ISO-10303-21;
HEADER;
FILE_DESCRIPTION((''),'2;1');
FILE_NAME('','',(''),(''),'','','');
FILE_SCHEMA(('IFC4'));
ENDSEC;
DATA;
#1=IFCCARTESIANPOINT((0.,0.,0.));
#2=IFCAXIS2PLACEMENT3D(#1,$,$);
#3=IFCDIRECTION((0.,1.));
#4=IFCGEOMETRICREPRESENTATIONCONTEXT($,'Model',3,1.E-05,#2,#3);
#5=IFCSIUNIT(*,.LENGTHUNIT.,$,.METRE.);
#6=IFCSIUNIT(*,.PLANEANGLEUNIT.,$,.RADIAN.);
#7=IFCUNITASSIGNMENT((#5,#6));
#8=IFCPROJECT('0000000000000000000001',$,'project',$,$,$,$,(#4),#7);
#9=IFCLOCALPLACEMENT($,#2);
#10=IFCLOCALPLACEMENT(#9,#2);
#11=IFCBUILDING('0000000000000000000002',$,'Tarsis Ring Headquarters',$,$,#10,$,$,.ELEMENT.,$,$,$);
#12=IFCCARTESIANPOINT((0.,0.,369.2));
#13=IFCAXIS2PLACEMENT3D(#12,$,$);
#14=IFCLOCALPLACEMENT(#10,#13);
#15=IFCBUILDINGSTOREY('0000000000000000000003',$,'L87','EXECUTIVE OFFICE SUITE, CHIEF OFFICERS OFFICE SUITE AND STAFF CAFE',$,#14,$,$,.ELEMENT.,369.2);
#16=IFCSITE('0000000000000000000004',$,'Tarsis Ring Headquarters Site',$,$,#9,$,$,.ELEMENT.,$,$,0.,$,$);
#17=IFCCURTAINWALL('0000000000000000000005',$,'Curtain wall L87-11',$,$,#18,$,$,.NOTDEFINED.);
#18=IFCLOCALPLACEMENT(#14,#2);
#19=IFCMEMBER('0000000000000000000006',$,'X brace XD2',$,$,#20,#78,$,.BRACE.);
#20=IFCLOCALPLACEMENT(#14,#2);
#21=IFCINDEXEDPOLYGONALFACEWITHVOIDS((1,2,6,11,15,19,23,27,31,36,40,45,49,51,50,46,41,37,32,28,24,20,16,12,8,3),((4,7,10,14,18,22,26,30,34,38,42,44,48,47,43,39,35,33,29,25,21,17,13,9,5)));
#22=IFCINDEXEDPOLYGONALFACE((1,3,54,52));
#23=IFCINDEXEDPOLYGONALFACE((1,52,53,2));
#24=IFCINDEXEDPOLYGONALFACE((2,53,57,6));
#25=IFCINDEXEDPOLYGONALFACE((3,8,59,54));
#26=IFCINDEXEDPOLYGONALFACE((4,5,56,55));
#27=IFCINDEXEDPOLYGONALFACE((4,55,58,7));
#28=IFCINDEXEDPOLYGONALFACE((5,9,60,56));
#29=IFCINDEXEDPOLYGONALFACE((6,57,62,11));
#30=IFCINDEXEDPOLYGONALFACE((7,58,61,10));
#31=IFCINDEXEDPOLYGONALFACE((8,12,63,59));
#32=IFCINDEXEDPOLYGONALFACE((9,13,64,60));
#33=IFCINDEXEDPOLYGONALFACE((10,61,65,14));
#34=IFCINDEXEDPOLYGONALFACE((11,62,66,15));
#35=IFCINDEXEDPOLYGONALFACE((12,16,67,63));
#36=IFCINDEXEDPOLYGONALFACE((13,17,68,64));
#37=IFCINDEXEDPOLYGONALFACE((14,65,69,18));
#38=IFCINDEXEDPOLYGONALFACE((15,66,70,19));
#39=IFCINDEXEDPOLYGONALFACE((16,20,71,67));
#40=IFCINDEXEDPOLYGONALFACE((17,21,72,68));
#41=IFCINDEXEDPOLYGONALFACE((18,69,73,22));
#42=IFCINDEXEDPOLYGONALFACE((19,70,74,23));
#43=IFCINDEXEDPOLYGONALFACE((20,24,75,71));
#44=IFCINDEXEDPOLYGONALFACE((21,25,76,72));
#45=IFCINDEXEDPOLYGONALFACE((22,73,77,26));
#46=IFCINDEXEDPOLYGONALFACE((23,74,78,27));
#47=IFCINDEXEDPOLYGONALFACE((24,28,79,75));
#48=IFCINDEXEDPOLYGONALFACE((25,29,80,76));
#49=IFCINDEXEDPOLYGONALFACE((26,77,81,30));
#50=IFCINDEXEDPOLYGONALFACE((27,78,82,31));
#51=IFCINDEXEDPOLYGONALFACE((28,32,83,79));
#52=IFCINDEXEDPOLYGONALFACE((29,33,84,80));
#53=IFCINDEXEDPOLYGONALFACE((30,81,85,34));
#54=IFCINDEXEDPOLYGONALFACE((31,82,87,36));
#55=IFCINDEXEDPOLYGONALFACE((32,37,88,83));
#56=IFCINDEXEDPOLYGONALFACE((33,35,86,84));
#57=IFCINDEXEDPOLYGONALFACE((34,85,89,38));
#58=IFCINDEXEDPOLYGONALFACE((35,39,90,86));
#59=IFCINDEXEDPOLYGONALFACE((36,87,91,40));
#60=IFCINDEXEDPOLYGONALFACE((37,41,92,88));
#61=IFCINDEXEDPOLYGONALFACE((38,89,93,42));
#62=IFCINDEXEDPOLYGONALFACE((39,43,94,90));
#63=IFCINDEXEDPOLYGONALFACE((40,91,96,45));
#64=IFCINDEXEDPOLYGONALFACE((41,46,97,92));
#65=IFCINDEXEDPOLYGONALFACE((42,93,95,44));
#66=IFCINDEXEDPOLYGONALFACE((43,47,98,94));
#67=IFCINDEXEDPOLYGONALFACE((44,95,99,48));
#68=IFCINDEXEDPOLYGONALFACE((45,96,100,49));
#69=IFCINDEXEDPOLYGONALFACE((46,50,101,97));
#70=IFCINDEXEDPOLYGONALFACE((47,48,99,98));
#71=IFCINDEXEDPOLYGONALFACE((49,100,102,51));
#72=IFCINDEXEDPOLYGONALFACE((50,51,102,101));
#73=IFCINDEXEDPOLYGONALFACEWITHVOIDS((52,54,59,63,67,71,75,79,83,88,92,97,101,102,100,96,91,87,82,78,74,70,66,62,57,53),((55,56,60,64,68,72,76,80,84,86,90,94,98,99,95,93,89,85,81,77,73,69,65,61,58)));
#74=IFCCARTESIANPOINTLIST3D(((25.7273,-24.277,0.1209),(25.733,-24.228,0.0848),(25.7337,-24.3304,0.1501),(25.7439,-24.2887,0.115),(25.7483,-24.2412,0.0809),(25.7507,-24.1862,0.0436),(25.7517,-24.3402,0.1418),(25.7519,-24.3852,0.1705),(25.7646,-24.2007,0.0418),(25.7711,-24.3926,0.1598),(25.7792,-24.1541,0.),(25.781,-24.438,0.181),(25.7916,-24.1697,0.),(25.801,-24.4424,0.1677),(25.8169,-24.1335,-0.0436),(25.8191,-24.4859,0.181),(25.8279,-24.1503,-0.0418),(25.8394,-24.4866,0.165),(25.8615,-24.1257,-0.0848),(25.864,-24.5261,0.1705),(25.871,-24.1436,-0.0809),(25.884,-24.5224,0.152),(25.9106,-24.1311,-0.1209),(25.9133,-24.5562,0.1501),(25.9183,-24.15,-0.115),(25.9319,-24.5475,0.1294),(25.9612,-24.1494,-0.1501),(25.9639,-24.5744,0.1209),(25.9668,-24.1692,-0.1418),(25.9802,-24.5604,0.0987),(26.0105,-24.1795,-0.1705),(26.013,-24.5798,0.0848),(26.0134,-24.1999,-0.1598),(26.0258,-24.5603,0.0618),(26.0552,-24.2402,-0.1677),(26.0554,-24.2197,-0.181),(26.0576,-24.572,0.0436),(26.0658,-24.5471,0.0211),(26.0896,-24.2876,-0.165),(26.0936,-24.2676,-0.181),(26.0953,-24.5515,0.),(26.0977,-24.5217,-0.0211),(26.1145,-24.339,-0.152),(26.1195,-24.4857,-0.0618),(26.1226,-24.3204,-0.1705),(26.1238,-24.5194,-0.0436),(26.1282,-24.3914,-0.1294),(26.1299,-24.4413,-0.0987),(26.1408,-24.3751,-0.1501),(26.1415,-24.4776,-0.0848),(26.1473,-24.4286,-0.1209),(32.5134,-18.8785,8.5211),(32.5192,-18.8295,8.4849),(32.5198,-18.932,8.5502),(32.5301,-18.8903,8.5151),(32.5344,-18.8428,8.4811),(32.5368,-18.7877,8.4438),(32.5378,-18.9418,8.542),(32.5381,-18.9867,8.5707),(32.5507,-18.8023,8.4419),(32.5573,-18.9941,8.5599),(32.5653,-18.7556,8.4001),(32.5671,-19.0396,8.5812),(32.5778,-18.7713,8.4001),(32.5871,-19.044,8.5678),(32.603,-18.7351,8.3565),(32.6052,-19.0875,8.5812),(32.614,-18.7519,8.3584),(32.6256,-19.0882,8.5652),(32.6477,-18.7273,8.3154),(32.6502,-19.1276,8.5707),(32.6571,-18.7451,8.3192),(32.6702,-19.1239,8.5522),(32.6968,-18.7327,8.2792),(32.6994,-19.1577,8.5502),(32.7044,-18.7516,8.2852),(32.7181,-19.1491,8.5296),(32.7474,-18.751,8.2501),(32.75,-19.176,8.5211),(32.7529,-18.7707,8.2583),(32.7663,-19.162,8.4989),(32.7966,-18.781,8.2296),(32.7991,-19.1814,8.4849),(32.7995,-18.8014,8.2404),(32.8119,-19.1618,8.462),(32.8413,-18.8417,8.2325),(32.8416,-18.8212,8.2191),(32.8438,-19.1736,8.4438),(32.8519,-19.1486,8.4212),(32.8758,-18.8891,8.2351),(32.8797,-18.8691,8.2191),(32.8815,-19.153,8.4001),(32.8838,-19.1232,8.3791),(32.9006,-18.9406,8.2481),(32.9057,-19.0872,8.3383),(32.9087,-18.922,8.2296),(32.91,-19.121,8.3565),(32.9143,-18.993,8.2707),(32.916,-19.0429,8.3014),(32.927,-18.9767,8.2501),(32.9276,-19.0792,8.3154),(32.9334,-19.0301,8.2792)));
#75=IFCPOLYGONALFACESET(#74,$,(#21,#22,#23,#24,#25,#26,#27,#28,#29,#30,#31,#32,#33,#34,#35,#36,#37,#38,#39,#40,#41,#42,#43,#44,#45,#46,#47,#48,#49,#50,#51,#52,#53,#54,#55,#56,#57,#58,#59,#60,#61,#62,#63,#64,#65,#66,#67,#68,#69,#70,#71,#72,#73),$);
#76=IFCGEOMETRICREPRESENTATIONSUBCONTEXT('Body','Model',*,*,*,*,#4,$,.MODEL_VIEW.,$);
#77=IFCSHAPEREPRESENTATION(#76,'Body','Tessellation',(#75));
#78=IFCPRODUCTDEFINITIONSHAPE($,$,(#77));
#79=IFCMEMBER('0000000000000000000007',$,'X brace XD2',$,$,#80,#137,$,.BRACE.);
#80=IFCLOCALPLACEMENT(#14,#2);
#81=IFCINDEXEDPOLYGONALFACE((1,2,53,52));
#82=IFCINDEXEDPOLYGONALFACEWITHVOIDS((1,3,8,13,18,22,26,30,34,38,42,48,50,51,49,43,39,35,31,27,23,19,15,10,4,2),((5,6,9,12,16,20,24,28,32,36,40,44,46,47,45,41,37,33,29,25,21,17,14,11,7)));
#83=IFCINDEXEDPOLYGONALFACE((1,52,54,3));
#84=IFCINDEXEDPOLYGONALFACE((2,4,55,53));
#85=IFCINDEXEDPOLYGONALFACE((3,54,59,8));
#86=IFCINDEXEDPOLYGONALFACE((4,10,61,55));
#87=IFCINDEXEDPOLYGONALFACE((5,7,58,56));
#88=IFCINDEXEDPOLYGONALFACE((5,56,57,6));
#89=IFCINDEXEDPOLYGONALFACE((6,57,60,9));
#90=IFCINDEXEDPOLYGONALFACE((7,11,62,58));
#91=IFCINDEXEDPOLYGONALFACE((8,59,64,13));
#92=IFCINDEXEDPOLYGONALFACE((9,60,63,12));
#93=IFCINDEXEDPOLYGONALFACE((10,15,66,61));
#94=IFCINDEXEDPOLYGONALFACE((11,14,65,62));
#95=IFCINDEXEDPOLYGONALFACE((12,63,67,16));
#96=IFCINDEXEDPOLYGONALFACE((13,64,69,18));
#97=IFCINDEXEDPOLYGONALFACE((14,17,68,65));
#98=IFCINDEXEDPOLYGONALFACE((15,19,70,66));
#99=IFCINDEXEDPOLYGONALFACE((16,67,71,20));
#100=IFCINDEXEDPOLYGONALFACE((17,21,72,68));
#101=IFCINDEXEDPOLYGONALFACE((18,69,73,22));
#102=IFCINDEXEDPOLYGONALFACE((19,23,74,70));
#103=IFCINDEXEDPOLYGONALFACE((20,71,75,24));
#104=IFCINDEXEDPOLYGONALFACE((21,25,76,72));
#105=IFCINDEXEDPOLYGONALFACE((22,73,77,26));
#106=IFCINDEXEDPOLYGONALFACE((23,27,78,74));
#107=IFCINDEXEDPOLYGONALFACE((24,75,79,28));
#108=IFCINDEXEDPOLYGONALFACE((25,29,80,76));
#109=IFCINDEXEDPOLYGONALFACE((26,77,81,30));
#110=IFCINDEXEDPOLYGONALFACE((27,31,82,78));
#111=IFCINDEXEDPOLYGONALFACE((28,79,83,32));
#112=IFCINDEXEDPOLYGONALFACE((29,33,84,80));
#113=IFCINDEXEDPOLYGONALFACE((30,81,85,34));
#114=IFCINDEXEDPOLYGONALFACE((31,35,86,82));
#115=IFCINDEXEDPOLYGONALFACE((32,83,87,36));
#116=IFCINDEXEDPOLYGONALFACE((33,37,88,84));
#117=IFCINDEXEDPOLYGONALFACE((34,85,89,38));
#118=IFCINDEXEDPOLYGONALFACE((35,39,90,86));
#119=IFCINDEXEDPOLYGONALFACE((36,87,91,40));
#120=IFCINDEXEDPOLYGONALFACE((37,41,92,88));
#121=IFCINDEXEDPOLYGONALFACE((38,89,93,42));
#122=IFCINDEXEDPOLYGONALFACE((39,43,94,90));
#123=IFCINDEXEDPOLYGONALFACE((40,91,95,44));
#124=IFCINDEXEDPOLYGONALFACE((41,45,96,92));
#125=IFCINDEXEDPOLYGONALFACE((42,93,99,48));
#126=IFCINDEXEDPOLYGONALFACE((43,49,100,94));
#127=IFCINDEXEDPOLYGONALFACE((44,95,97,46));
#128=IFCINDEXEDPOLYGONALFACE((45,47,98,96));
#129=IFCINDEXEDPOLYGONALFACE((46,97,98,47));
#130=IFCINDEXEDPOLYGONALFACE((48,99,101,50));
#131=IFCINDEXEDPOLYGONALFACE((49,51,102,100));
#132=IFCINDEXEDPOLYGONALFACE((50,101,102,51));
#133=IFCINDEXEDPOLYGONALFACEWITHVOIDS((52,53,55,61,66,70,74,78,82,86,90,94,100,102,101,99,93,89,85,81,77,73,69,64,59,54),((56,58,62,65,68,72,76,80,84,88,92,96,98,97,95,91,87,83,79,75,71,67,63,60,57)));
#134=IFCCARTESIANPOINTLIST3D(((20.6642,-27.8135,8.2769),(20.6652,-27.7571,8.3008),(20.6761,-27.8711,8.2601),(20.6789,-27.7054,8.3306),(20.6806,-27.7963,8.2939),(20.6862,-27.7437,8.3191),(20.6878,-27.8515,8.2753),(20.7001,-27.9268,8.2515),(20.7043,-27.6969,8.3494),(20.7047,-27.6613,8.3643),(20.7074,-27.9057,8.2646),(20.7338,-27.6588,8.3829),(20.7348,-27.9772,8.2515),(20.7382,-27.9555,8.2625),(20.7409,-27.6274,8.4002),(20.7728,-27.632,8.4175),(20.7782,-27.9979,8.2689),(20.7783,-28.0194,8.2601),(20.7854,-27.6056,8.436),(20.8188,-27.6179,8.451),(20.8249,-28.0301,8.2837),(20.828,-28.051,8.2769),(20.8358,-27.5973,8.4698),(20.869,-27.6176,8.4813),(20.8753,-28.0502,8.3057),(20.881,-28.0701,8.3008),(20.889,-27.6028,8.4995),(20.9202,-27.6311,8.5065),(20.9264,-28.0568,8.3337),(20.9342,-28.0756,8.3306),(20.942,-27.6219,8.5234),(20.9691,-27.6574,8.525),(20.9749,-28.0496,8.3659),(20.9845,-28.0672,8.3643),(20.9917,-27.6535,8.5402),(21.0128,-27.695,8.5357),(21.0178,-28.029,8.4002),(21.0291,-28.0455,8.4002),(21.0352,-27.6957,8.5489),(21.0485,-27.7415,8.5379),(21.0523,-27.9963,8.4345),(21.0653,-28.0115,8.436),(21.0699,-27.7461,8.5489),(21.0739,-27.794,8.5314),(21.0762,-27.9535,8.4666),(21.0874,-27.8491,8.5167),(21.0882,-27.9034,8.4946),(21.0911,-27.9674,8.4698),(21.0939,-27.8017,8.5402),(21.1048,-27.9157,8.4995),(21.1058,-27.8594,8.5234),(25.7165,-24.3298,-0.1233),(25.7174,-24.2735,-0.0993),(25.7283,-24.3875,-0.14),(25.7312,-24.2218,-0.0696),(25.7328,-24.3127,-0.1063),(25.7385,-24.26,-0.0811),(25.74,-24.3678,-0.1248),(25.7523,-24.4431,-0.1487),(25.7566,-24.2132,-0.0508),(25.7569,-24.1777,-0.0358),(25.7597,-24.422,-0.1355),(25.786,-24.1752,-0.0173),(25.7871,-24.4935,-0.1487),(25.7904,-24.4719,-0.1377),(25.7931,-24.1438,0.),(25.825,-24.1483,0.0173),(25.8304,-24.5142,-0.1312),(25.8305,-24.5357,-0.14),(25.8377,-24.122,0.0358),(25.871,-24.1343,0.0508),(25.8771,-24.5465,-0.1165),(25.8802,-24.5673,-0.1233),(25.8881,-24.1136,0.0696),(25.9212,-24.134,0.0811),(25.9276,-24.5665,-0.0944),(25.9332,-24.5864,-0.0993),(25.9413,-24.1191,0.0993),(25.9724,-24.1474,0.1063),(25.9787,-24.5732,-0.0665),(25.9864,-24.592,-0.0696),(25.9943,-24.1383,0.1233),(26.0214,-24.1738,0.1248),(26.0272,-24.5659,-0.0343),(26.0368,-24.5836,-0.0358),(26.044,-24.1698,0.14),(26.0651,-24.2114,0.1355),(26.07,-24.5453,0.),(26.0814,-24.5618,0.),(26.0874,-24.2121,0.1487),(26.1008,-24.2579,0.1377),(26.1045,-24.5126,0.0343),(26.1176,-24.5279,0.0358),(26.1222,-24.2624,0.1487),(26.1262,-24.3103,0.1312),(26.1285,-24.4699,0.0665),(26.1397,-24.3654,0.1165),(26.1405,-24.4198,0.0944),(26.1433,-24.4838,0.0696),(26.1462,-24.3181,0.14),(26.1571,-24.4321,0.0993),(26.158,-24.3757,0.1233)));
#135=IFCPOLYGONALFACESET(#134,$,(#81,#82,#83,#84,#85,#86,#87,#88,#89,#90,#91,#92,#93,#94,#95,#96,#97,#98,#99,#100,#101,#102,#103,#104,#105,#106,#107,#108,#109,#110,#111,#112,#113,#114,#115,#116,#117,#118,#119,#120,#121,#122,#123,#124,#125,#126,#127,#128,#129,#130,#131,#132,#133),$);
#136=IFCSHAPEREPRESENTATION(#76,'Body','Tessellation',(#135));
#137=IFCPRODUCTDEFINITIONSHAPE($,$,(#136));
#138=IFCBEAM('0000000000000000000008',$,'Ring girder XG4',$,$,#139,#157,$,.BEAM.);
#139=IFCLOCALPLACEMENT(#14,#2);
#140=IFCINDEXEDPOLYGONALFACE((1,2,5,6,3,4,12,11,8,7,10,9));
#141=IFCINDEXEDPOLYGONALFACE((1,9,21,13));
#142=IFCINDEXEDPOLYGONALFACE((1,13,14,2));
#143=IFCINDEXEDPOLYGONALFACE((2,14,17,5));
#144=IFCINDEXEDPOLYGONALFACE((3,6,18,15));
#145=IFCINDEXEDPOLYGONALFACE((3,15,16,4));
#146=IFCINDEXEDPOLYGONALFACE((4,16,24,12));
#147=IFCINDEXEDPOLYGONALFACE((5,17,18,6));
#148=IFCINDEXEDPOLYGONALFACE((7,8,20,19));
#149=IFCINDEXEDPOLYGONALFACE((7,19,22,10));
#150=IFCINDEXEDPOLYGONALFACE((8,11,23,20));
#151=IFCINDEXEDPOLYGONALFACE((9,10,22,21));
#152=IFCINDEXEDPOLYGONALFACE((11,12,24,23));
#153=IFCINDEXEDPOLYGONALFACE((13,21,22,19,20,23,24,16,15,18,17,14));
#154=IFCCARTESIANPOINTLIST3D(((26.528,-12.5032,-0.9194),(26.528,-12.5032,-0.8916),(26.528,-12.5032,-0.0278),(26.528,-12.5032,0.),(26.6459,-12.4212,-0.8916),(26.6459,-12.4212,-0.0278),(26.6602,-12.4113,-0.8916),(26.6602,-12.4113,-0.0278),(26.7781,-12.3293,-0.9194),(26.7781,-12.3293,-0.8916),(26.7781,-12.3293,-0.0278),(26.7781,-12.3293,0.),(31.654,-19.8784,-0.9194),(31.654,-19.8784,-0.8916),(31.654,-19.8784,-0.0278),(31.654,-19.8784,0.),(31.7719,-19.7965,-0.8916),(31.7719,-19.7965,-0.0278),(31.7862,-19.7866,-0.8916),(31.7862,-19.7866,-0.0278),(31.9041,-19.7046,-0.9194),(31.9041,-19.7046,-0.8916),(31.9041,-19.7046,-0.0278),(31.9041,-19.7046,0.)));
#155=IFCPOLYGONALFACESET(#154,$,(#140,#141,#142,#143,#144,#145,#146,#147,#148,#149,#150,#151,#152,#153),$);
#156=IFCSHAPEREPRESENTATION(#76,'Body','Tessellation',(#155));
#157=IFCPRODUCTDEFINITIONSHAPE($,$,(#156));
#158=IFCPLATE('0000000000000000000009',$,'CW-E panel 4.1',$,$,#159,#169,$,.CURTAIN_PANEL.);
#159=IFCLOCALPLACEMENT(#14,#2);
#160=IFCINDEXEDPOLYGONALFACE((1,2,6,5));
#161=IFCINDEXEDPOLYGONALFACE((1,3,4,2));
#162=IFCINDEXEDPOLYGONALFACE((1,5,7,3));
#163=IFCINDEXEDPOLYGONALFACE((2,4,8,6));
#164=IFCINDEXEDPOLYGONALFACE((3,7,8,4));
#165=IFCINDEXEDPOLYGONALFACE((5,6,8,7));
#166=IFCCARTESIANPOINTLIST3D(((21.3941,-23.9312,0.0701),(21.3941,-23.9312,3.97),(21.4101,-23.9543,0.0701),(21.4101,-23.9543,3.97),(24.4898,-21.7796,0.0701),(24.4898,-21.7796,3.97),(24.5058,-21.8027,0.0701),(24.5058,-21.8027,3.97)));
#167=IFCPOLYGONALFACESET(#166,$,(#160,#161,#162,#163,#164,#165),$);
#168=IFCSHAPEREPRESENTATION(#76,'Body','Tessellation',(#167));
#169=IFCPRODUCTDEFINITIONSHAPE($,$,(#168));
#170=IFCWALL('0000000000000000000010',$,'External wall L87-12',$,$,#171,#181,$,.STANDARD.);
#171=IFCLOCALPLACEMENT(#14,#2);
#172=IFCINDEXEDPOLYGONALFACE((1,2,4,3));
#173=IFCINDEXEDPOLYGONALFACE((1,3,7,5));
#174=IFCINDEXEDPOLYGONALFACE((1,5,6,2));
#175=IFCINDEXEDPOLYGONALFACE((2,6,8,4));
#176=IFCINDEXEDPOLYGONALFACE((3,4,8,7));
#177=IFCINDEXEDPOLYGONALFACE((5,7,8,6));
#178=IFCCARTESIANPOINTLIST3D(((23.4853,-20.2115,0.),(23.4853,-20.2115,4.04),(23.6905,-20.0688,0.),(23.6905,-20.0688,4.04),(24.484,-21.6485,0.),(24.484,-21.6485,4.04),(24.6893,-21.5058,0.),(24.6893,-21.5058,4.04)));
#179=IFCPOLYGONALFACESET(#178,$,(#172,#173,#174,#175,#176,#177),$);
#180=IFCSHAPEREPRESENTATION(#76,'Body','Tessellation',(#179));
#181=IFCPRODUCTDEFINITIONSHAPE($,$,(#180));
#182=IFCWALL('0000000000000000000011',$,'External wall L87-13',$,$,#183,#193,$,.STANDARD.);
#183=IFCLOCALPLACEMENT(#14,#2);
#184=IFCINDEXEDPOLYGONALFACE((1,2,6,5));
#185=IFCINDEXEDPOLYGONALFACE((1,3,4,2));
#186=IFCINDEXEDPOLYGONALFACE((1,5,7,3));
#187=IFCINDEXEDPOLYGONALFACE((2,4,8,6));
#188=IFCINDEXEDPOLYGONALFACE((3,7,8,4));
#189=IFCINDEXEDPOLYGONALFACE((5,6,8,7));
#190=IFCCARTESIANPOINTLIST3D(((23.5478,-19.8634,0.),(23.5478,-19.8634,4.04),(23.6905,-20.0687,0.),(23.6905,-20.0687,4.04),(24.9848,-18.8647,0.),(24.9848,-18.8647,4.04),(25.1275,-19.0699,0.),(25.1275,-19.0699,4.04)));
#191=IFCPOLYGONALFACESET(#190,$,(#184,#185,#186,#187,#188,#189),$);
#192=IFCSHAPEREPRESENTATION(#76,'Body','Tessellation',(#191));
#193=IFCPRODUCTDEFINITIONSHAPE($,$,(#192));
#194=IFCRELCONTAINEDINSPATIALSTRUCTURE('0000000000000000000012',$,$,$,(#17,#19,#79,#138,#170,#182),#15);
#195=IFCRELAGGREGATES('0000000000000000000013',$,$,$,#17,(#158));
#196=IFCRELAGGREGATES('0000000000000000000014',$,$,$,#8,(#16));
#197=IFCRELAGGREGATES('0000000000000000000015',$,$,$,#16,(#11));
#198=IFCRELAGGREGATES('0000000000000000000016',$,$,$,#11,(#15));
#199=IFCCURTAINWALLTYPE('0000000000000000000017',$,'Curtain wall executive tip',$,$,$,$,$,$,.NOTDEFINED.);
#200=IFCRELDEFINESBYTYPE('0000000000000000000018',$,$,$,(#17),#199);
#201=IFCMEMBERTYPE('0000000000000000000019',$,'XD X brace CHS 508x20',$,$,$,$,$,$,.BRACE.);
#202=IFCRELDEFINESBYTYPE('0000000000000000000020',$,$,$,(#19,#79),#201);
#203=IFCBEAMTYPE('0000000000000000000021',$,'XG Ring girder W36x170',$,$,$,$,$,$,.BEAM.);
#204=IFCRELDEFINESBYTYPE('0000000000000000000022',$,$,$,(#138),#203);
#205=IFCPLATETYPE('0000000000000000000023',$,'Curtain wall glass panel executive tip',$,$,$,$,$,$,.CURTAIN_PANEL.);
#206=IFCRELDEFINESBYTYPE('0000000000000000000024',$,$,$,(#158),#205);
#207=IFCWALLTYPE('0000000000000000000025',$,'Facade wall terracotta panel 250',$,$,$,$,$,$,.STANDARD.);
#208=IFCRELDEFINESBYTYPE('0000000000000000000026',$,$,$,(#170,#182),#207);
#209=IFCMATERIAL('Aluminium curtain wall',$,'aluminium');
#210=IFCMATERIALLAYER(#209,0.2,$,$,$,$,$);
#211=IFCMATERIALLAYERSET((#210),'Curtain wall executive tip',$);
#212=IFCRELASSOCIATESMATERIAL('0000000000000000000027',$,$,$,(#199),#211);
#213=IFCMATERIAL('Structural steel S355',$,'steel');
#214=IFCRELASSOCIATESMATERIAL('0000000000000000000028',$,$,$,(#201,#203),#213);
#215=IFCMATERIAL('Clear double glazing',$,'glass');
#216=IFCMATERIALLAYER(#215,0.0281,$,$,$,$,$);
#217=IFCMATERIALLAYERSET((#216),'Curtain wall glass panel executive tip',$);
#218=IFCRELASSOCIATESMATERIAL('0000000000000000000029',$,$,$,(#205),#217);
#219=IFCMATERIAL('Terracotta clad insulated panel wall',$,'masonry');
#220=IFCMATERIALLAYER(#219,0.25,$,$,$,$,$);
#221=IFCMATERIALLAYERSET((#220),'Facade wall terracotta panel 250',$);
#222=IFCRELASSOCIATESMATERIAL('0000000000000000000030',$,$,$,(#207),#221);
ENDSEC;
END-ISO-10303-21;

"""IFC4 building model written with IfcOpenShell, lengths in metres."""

from ifc_helpers import new_model, si_unit, direction, frame, frame_2d, origin, origin_2d, place, context, subcontext, project, spatial, rectangle, hollow_circle, i_section, extrude, material, layer, layer_set, material_profile, profile_set, type_object, element, aggregate, save


model = new_model("IFC4")

# Units and contexts
model_context = context("Model", 3, precision=1e-05, world=origin(), true_north=direction((0.0, 1.0)))
body_context = subcontext(model_context, "Body", "Model", "MODEL_VIEW")
ifc_project = project(units=[si_unit("LENGTHUNIT", "METRE"), si_unit("PLANEANGLEUNIT", "RADIAN")], contexts=[model_context])

# Site, building, storey
site_placement = place(None, origin())
site = spatial("IfcSite", under=ifc_project, at=site_placement, Name="Tarsis Ring Headquarters Site", CompositionType="ELEMENT", RefElevation=0.0)
building_placement = place(site_placement, origin())
building = spatial("IfcBuilding", under=site, at=building_placement, Name="Tarsis Ring Headquarters", CompositionType="ELEMENT")
storey_placement = place(building_placement, frame((0.0, 0.0, 369.2)))
storey = spatial("IfcBuildingStorey", under=building, at=storey_placement, Name="L87", Description="EXECUTIVE OFFICE SUITE, CHIEF OFFICERS OFFICE SUITE AND STAFF CAFE", CompositionType="ELEMENT", Elevation=369.2)

# Shared definitions
ifc_material_1 = material(Name="Structural steel S355", Category="steel")

# Curtain wall
ifc_material_2 = material(Name="Aluminium curtain wall", Category="aluminium")
ifc_layer_1 = layer(ifc_material_2, 0.2)
ifc_layer_set_1 = layer_set([ifc_layer_1], Name="Curtain wall executive tip")
curtain_wall_type = type_object("IfcCurtainWallType", Name="Curtain wall executive tip", PredefinedType="NOTDEFINED", material=ifc_layer_set_1)
curtain_wall_placement = place(storey_placement, origin())
curtain_wall = element("IfcCurtainWall", 1, at=curtain_wall_placement, inside=storey, type_object=curtain_wall_type, Name="Curtain wall L87-11", PredefinedType="NOTDEFINED")

# Members
ifc_material_profile_1 = material_profile(ifc_material_1, hollow_circle(Radius=0.2539, WallThickness=0.02, at=origin_2d()), Name="CHS 508x20")
ifc_profile_set_1 = profile_set([ifc_material_profile_1], Name="Structural steel S355")
member_type_1 = type_object("IfcMemberType", Name="XD X brace CHS 508x20", PredefinedType="BRACE", material=ifc_profile_set_1)
member_1_placement = place(storey_placement, frame((25.9373, -24.3528, 0.0), z_axis=(0.562092, 0.44715, 0.69578), x_axis=(-0.62255, 0.78258, 0.0)))
element("IfcMember", 2, at=member_1_placement, inside=storey, type_object=member_type_1, Name="X brace XD2", PredefinedType="BRACE", context=body_context, shape_type="SweptSolid", body=[
    extrude(hollow_circle(Radius=0.2539, WallThickness=0.02, at=origin_2d()), origin(), (0.0, 0.0, 1.0), 12.073),
])
member_2_placement = place(storey_placement, frame((25.9373, -24.3528, 0.0), z_axis=(-0.485651, -0.334867, 0.80747), x_axis=(0.56766, -0.823263, 0.0)))
element("IfcMember", 3, at=member_2_placement, inside=storey, type_object=member_type_1, Name="X brace XD2", PredefinedType="BRACE", context=body_context, shape_type="SweptSolid", body=[
    extrude(hollow_circle(Radius=0.2539, WallThickness=0.02, at=origin_2d()), origin(), (0.0, 0.0, 1.0), 10.4031),
])

# Beam
ifc_material_profile_2 = material_profile(ifc_material_1, i_section(OverallWidth=0.3047, OverallDepth=0.9194, WebThickness=0.0173, FlangeThickness=0.0278, at=origin_2d()), Name="W36x170")
ifc_profile_set_2 = profile_set([ifc_material_profile_2], Name="Structural steel S355")
beam_type = type_object("IfcBeamType", Name="XG Ring girder W36x170", PredefinedType="BEAM", material=ifc_profile_set_2)
beam_placement = place(storey_placement, frame((31.7791, -19.7915, -0.4597), z_axis=(-0.570717, 0.821147, 0.0), x_axis=(-0.821147, -0.570717, 0.0)))
element("IfcBeam", 4, at=beam_placement, inside=storey, type_object=beam_type, Name="Ring girder XG4", PredefinedType="BEAM", context=body_context, shape_type="SweptSolid", body=[
    extrude(i_section(OverallWidth=0.3047, OverallDepth=0.9194, WebThickness=0.0173, FlangeThickness=0.0278, at=origin_2d()), origin(), (0.0, 0.0, 1.0), 8.9817),
])

# Plate
ifc_material_3 = material(Name="Clear double glazing", Category="glass")
ifc_layer_2 = layer(ifc_material_3, 0.0281)
ifc_layer_set_2 = layer_set([ifc_layer_2], Name="Curtain wall glass panel executive tip")
plate_type = type_object("IfcPlateType", Name="Curtain wall glass panel executive tip", PredefinedType="CURTAIN_PANEL", material=ifc_layer_set_2)
plate_placement = place(storey_placement, frame((22.95, -22.8669, 0.0701), z_axis=(0.0, 0.0, 1.0), x_axis=(0.821149, 0.570714, 0.0)))
plate = element("IfcPlate", 5, at=plate_placement, type_object=plate_type, Name="CW-E panel 4.1", PredefinedType="CURTAIN_PANEL", context=body_context, shape_type="SweptSolid", body=[
    extrude(rectangle(XDim=3.77, YDim=0.0281, at=origin_2d()), origin(), (0.0, 0.0, 1.0), 3.8999),
])
aggregate(curtain_wall, [plate])

# Walls
ifc_material_4 = material(Name="Terracotta clad insulated panel wall", Category="masonry")
ifc_layer_3 = layer(ifc_material_4, 0.25)
ifc_layer_set_3 = layer_set([ifc_layer_3], Name="Facade wall terracotta panel 250")
wall_type = type_object("IfcWallType", Name="Facade wall terracotta panel 250", PredefinedType="STANDARD", material=ifc_layer_set_3)
for number, where, z_axis, x_axis, name in (
    (6, (24.5867, -21.5771, 0.0), (0.0, 0.0, 1.0), (-0.570725, 0.821141, 0.0), "External wall L87-12"),
    (7, (23.6191, -19.9661, 0.0), (0.0, 0.0, 1.0), (0.821141, 0.570725, 0.0), "External wall L87-13"),
):
    element("IfcWall", number, at=place(storey_placement, frame(where, z_axis=z_axis, x_axis=x_axis)), inside=storey, type_object=wall_type, Name=name, PredefinedType="STANDARD", context=body_context, shape_type="SweptSolid", body=[
        extrude(rectangle(XDim=1.75, YDim=0.25, at=frame_2d((0.875, 0.0))), origin(), (0.0, 0.0, 1.0), 4.04),
    ])

save(model, "model.ifc")
